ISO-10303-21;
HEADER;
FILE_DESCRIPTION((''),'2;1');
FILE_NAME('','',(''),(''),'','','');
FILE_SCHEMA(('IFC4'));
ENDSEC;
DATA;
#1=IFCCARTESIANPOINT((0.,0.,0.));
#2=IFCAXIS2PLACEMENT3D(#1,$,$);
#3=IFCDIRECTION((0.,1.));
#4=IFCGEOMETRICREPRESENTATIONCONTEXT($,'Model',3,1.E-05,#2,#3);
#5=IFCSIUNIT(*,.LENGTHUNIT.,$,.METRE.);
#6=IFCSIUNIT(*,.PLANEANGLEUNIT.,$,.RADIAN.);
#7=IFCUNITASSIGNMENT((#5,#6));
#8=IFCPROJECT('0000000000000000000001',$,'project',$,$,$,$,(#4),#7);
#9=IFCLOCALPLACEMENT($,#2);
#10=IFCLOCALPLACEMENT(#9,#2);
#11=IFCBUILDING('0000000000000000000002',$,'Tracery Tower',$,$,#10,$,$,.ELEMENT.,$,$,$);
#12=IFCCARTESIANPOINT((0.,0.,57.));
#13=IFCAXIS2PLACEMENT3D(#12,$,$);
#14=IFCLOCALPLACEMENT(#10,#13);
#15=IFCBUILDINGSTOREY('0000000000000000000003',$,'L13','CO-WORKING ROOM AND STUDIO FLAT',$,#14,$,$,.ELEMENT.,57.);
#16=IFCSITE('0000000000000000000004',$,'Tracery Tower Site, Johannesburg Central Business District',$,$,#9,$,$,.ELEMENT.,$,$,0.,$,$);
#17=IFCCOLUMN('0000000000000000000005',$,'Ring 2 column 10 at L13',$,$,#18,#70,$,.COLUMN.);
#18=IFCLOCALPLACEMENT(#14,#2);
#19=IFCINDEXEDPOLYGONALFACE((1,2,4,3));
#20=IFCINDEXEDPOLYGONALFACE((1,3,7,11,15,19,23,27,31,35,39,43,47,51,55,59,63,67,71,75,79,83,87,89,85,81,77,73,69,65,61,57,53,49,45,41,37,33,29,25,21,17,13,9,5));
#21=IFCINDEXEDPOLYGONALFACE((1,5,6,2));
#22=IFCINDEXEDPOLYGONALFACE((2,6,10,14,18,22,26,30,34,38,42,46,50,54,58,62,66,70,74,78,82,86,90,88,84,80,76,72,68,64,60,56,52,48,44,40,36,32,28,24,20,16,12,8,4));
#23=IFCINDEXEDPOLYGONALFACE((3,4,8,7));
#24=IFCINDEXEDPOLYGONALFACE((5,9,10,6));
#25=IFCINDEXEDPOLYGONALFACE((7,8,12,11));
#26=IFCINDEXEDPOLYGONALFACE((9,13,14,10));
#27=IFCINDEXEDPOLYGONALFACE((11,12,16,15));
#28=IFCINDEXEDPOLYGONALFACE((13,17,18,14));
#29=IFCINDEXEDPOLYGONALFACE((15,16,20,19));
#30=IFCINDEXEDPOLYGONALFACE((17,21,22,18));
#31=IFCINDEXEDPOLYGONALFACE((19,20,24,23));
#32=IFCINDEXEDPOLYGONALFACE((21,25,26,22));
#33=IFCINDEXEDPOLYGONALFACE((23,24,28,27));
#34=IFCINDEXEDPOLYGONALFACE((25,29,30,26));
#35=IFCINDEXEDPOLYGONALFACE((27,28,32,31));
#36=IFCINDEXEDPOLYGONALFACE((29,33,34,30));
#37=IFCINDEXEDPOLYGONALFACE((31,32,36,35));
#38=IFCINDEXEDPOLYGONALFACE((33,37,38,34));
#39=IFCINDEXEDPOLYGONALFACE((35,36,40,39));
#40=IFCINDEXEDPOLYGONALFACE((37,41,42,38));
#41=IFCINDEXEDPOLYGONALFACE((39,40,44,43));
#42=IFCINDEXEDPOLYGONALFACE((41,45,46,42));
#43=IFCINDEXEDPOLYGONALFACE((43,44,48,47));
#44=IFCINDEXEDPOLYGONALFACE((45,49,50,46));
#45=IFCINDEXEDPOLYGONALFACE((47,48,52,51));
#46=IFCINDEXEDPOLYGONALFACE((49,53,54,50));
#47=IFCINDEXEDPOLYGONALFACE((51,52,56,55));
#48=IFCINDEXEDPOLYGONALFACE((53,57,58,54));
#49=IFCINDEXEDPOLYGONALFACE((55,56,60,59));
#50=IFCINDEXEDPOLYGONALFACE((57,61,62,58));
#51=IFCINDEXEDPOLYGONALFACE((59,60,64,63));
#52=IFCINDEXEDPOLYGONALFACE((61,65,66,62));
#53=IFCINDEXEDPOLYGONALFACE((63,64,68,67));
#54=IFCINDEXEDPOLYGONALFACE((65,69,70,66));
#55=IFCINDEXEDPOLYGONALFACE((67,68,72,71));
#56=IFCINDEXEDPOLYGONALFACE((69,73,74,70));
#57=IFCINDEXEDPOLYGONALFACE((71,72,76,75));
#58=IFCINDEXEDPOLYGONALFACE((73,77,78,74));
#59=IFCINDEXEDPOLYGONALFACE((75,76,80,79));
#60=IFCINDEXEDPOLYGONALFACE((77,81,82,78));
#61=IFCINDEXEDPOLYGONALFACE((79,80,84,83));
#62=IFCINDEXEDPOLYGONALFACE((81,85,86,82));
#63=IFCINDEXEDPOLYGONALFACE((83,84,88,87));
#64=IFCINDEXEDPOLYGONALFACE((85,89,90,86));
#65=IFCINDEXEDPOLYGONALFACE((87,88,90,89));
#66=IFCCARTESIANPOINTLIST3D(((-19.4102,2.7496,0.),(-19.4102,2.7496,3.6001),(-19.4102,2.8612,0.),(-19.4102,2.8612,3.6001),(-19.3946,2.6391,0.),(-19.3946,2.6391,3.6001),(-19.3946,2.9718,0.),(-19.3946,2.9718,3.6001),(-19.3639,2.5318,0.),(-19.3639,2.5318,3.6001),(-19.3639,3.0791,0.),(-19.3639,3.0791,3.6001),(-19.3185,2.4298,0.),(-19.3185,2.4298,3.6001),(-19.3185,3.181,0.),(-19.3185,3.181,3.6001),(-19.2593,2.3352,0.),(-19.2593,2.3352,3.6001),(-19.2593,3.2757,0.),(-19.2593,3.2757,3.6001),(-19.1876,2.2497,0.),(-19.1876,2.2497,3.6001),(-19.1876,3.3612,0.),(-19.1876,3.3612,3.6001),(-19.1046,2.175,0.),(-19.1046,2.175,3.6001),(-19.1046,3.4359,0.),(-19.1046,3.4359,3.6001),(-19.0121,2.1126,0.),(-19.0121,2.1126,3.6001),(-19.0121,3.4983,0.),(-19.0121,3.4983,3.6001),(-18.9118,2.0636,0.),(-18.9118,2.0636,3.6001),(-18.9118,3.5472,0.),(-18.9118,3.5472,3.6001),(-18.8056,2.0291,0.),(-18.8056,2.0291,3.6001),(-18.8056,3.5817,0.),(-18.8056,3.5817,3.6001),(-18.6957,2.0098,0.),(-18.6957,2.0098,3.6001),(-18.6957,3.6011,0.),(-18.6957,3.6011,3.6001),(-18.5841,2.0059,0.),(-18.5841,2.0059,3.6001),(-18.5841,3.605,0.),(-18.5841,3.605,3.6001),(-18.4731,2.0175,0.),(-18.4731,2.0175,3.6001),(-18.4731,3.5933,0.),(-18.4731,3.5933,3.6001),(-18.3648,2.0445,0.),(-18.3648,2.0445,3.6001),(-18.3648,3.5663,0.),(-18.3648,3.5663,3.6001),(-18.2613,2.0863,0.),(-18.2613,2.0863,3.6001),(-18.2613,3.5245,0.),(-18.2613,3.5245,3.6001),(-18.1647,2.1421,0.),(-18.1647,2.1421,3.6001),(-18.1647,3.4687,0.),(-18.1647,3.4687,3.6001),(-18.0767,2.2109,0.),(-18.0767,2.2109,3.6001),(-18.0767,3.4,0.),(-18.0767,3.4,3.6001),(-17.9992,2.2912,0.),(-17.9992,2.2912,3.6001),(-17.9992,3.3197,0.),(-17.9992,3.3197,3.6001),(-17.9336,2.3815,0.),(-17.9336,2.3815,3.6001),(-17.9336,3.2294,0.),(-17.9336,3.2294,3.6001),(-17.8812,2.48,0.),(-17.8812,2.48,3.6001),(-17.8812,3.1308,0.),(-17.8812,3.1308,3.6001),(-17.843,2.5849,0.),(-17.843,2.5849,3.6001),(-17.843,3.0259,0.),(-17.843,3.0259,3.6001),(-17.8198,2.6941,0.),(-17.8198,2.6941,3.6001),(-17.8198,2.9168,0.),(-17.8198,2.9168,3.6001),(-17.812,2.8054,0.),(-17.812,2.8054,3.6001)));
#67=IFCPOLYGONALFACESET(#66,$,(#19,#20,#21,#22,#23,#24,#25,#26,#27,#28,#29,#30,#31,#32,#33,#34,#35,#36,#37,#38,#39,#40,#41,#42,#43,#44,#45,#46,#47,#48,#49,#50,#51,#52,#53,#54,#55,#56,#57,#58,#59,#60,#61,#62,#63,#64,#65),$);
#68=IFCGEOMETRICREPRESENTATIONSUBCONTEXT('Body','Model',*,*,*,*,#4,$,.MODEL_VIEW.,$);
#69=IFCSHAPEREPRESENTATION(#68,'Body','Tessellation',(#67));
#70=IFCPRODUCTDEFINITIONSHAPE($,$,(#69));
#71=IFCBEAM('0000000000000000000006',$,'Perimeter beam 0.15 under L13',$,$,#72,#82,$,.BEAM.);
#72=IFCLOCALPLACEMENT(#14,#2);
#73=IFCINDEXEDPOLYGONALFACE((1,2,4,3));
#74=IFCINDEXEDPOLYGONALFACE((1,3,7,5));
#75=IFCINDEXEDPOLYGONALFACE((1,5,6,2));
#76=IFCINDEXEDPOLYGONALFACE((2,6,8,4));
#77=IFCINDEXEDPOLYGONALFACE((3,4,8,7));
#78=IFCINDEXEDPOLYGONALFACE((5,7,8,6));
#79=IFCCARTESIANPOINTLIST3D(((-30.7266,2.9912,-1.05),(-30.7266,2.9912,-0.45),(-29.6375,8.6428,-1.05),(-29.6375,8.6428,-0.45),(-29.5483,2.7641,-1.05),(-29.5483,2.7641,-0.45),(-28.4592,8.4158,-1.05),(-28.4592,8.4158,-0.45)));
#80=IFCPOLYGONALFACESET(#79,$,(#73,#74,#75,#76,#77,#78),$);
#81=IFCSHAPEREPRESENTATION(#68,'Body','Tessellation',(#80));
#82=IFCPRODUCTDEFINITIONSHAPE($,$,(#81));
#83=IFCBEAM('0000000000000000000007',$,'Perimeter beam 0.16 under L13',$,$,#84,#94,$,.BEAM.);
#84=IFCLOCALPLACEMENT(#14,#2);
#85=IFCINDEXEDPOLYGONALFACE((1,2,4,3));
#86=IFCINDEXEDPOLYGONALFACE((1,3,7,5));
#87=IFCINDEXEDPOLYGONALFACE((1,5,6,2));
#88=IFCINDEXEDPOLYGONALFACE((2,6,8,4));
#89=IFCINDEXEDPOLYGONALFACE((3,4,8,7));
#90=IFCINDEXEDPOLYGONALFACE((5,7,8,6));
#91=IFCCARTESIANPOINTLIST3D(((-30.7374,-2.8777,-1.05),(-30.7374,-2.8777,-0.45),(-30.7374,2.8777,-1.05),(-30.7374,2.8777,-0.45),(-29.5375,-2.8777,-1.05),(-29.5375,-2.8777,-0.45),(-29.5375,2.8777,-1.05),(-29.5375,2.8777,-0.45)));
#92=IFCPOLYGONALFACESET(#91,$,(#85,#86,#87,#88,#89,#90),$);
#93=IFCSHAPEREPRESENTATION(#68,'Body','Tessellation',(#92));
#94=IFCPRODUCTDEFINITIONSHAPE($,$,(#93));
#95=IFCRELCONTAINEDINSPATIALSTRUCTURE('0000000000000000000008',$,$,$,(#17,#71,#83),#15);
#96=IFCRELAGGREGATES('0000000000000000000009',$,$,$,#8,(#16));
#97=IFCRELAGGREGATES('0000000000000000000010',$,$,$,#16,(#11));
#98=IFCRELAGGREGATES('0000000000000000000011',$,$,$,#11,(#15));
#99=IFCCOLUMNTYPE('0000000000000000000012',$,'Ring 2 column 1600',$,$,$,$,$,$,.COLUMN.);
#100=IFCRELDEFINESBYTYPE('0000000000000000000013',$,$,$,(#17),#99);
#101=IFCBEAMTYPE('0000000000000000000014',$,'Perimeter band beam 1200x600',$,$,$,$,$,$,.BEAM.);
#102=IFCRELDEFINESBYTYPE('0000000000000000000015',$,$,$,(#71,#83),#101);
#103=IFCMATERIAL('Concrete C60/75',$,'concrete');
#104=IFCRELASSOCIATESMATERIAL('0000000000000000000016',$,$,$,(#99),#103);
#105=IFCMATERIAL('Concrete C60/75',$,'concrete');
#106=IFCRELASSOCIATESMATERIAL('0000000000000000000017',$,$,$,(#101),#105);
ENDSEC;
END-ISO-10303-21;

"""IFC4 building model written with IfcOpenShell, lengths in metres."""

from ifc_helpers import new_model, si_unit, direction, frame, origin, origin_2d, place, context, subcontext, project, spatial, rectangle, circle, extrude, material, material_profile, profile_set, type_object, element, save


model = new_model("IFC4")

# Units and contexts
model_context = context("Model", 3, precision=1e-05, world=origin(), true_north=direction((0.0, 1.0)))
body_context = subcontext(model_context, "Body", "Model", "MODEL_VIEW")
ifc_project = project(units=[si_unit("LENGTHUNIT", "METRE"), si_unit("PLANEANGLEUNIT", "RADIAN")], contexts=[model_context])

# Site, building, storey
site_placement = place(None, origin())
site = spatial("IfcSite", under=ifc_project, at=site_placement, Name="Tracery Tower Site, Johannesburg Central Business District", CompositionType="ELEMENT", RefElevation=0.0)
building_placement = place(site_placement, origin())
building = spatial("IfcBuilding", under=site, at=building_placement, Name="Tracery Tower", CompositionType="ELEMENT")
storey_placement = place(building_placement, frame((0.0, 0.0, 57.0)))
storey = spatial("IfcBuildingStorey", under=building, at=storey_placement, Name="L13", Description="CO-WORKING ROOM AND STUDIO FLAT", CompositionType="ELEMENT", Elevation=57.0)

# Column
ifc_material_1 = material(Name="Concrete C60/75", Category="concrete")
ifc_material_profile_1 = material_profile(ifc_material_1, circle(Radius=0.8, at=origin_2d()), Name="RC D1600")
ifc_profile_set_1 = profile_set([ifc_material_profile_1], Name="Concrete C60/75")
column_type_1 = type_object("IfcColumnType", Name="Ring 2 column 1600", PredefinedType="COLUMN", material=ifc_profile_set_1)
column_placement = place(storey_placement, frame((-18.6121, 2.8054, 0.0), z_axis=(0.0, 0.0, 1.0), x_axis=(1.0, 0.0, 0.0)))
element("IfcColumn", 1, at=column_placement, inside=storey, type_object=column_type_1, Name="Ring 2 column 10 at L13", PredefinedType="COLUMN", context=body_context, shape_type="SweptSolid", body=[
    extrude(circle(Radius=0.8, at=origin_2d()), origin(), (0.0, 0.0, 1.0), 3.6001),
])

# Beams
ifc_material_2 = material(Name="Concrete C60/75", Category="concrete")
ifc_material_profile_2 = material_profile(ifc_material_2, rectangle(XDim=1.2, YDim=0.6001, at=origin_2d()), Name="RC 1200x600")
ifc_profile_set_2 = profile_set([ifc_material_profile_2], Name="Concrete C60/75")
beam_type = type_object("IfcBeamType", Name="Perimeter band beam 1200x600", PredefinedType="BEAM", material=ifc_profile_set_2)
beam_1_placement = place(storey_placement, frame((-29.0483, 8.5293, -0.75), z_axis=(-0.189227, -0.981933, 0.0), x_axis=(0.981933, -0.189227, 0.0)))
element("IfcBeam", 2, at=beam_1_placement, inside=storey, type_object=beam_type, Name="Perimeter beam 0.15 under L13", PredefinedType="BEAM", context=body_context, shape_type="SweptSolid", body=[
    extrude(rectangle(XDim=1.2, YDim=0.6001, at=origin_2d()), origin(), (0.0, 0.0, 1.0), 5.7556),
])
beam_2_placement = place(storey_placement, frame((-30.1375, 2.8777, -0.75), z_axis=(0.0, -1.0, 0.0), x_axis=(1.0, 0.0, 0.0)))
element("IfcBeam", 3, at=beam_2_placement, inside=storey, type_object=beam_type, Name="Perimeter beam 0.16 under L13", PredefinedType="BEAM", context=body_context, shape_type="SweptSolid", body=[
    extrude(rectangle(XDim=1.2, YDim=0.6001, at=origin_2d()), origin(), (0.0, 0.0, 1.0), 5.7554),
])

save(model, "model.ifc")
